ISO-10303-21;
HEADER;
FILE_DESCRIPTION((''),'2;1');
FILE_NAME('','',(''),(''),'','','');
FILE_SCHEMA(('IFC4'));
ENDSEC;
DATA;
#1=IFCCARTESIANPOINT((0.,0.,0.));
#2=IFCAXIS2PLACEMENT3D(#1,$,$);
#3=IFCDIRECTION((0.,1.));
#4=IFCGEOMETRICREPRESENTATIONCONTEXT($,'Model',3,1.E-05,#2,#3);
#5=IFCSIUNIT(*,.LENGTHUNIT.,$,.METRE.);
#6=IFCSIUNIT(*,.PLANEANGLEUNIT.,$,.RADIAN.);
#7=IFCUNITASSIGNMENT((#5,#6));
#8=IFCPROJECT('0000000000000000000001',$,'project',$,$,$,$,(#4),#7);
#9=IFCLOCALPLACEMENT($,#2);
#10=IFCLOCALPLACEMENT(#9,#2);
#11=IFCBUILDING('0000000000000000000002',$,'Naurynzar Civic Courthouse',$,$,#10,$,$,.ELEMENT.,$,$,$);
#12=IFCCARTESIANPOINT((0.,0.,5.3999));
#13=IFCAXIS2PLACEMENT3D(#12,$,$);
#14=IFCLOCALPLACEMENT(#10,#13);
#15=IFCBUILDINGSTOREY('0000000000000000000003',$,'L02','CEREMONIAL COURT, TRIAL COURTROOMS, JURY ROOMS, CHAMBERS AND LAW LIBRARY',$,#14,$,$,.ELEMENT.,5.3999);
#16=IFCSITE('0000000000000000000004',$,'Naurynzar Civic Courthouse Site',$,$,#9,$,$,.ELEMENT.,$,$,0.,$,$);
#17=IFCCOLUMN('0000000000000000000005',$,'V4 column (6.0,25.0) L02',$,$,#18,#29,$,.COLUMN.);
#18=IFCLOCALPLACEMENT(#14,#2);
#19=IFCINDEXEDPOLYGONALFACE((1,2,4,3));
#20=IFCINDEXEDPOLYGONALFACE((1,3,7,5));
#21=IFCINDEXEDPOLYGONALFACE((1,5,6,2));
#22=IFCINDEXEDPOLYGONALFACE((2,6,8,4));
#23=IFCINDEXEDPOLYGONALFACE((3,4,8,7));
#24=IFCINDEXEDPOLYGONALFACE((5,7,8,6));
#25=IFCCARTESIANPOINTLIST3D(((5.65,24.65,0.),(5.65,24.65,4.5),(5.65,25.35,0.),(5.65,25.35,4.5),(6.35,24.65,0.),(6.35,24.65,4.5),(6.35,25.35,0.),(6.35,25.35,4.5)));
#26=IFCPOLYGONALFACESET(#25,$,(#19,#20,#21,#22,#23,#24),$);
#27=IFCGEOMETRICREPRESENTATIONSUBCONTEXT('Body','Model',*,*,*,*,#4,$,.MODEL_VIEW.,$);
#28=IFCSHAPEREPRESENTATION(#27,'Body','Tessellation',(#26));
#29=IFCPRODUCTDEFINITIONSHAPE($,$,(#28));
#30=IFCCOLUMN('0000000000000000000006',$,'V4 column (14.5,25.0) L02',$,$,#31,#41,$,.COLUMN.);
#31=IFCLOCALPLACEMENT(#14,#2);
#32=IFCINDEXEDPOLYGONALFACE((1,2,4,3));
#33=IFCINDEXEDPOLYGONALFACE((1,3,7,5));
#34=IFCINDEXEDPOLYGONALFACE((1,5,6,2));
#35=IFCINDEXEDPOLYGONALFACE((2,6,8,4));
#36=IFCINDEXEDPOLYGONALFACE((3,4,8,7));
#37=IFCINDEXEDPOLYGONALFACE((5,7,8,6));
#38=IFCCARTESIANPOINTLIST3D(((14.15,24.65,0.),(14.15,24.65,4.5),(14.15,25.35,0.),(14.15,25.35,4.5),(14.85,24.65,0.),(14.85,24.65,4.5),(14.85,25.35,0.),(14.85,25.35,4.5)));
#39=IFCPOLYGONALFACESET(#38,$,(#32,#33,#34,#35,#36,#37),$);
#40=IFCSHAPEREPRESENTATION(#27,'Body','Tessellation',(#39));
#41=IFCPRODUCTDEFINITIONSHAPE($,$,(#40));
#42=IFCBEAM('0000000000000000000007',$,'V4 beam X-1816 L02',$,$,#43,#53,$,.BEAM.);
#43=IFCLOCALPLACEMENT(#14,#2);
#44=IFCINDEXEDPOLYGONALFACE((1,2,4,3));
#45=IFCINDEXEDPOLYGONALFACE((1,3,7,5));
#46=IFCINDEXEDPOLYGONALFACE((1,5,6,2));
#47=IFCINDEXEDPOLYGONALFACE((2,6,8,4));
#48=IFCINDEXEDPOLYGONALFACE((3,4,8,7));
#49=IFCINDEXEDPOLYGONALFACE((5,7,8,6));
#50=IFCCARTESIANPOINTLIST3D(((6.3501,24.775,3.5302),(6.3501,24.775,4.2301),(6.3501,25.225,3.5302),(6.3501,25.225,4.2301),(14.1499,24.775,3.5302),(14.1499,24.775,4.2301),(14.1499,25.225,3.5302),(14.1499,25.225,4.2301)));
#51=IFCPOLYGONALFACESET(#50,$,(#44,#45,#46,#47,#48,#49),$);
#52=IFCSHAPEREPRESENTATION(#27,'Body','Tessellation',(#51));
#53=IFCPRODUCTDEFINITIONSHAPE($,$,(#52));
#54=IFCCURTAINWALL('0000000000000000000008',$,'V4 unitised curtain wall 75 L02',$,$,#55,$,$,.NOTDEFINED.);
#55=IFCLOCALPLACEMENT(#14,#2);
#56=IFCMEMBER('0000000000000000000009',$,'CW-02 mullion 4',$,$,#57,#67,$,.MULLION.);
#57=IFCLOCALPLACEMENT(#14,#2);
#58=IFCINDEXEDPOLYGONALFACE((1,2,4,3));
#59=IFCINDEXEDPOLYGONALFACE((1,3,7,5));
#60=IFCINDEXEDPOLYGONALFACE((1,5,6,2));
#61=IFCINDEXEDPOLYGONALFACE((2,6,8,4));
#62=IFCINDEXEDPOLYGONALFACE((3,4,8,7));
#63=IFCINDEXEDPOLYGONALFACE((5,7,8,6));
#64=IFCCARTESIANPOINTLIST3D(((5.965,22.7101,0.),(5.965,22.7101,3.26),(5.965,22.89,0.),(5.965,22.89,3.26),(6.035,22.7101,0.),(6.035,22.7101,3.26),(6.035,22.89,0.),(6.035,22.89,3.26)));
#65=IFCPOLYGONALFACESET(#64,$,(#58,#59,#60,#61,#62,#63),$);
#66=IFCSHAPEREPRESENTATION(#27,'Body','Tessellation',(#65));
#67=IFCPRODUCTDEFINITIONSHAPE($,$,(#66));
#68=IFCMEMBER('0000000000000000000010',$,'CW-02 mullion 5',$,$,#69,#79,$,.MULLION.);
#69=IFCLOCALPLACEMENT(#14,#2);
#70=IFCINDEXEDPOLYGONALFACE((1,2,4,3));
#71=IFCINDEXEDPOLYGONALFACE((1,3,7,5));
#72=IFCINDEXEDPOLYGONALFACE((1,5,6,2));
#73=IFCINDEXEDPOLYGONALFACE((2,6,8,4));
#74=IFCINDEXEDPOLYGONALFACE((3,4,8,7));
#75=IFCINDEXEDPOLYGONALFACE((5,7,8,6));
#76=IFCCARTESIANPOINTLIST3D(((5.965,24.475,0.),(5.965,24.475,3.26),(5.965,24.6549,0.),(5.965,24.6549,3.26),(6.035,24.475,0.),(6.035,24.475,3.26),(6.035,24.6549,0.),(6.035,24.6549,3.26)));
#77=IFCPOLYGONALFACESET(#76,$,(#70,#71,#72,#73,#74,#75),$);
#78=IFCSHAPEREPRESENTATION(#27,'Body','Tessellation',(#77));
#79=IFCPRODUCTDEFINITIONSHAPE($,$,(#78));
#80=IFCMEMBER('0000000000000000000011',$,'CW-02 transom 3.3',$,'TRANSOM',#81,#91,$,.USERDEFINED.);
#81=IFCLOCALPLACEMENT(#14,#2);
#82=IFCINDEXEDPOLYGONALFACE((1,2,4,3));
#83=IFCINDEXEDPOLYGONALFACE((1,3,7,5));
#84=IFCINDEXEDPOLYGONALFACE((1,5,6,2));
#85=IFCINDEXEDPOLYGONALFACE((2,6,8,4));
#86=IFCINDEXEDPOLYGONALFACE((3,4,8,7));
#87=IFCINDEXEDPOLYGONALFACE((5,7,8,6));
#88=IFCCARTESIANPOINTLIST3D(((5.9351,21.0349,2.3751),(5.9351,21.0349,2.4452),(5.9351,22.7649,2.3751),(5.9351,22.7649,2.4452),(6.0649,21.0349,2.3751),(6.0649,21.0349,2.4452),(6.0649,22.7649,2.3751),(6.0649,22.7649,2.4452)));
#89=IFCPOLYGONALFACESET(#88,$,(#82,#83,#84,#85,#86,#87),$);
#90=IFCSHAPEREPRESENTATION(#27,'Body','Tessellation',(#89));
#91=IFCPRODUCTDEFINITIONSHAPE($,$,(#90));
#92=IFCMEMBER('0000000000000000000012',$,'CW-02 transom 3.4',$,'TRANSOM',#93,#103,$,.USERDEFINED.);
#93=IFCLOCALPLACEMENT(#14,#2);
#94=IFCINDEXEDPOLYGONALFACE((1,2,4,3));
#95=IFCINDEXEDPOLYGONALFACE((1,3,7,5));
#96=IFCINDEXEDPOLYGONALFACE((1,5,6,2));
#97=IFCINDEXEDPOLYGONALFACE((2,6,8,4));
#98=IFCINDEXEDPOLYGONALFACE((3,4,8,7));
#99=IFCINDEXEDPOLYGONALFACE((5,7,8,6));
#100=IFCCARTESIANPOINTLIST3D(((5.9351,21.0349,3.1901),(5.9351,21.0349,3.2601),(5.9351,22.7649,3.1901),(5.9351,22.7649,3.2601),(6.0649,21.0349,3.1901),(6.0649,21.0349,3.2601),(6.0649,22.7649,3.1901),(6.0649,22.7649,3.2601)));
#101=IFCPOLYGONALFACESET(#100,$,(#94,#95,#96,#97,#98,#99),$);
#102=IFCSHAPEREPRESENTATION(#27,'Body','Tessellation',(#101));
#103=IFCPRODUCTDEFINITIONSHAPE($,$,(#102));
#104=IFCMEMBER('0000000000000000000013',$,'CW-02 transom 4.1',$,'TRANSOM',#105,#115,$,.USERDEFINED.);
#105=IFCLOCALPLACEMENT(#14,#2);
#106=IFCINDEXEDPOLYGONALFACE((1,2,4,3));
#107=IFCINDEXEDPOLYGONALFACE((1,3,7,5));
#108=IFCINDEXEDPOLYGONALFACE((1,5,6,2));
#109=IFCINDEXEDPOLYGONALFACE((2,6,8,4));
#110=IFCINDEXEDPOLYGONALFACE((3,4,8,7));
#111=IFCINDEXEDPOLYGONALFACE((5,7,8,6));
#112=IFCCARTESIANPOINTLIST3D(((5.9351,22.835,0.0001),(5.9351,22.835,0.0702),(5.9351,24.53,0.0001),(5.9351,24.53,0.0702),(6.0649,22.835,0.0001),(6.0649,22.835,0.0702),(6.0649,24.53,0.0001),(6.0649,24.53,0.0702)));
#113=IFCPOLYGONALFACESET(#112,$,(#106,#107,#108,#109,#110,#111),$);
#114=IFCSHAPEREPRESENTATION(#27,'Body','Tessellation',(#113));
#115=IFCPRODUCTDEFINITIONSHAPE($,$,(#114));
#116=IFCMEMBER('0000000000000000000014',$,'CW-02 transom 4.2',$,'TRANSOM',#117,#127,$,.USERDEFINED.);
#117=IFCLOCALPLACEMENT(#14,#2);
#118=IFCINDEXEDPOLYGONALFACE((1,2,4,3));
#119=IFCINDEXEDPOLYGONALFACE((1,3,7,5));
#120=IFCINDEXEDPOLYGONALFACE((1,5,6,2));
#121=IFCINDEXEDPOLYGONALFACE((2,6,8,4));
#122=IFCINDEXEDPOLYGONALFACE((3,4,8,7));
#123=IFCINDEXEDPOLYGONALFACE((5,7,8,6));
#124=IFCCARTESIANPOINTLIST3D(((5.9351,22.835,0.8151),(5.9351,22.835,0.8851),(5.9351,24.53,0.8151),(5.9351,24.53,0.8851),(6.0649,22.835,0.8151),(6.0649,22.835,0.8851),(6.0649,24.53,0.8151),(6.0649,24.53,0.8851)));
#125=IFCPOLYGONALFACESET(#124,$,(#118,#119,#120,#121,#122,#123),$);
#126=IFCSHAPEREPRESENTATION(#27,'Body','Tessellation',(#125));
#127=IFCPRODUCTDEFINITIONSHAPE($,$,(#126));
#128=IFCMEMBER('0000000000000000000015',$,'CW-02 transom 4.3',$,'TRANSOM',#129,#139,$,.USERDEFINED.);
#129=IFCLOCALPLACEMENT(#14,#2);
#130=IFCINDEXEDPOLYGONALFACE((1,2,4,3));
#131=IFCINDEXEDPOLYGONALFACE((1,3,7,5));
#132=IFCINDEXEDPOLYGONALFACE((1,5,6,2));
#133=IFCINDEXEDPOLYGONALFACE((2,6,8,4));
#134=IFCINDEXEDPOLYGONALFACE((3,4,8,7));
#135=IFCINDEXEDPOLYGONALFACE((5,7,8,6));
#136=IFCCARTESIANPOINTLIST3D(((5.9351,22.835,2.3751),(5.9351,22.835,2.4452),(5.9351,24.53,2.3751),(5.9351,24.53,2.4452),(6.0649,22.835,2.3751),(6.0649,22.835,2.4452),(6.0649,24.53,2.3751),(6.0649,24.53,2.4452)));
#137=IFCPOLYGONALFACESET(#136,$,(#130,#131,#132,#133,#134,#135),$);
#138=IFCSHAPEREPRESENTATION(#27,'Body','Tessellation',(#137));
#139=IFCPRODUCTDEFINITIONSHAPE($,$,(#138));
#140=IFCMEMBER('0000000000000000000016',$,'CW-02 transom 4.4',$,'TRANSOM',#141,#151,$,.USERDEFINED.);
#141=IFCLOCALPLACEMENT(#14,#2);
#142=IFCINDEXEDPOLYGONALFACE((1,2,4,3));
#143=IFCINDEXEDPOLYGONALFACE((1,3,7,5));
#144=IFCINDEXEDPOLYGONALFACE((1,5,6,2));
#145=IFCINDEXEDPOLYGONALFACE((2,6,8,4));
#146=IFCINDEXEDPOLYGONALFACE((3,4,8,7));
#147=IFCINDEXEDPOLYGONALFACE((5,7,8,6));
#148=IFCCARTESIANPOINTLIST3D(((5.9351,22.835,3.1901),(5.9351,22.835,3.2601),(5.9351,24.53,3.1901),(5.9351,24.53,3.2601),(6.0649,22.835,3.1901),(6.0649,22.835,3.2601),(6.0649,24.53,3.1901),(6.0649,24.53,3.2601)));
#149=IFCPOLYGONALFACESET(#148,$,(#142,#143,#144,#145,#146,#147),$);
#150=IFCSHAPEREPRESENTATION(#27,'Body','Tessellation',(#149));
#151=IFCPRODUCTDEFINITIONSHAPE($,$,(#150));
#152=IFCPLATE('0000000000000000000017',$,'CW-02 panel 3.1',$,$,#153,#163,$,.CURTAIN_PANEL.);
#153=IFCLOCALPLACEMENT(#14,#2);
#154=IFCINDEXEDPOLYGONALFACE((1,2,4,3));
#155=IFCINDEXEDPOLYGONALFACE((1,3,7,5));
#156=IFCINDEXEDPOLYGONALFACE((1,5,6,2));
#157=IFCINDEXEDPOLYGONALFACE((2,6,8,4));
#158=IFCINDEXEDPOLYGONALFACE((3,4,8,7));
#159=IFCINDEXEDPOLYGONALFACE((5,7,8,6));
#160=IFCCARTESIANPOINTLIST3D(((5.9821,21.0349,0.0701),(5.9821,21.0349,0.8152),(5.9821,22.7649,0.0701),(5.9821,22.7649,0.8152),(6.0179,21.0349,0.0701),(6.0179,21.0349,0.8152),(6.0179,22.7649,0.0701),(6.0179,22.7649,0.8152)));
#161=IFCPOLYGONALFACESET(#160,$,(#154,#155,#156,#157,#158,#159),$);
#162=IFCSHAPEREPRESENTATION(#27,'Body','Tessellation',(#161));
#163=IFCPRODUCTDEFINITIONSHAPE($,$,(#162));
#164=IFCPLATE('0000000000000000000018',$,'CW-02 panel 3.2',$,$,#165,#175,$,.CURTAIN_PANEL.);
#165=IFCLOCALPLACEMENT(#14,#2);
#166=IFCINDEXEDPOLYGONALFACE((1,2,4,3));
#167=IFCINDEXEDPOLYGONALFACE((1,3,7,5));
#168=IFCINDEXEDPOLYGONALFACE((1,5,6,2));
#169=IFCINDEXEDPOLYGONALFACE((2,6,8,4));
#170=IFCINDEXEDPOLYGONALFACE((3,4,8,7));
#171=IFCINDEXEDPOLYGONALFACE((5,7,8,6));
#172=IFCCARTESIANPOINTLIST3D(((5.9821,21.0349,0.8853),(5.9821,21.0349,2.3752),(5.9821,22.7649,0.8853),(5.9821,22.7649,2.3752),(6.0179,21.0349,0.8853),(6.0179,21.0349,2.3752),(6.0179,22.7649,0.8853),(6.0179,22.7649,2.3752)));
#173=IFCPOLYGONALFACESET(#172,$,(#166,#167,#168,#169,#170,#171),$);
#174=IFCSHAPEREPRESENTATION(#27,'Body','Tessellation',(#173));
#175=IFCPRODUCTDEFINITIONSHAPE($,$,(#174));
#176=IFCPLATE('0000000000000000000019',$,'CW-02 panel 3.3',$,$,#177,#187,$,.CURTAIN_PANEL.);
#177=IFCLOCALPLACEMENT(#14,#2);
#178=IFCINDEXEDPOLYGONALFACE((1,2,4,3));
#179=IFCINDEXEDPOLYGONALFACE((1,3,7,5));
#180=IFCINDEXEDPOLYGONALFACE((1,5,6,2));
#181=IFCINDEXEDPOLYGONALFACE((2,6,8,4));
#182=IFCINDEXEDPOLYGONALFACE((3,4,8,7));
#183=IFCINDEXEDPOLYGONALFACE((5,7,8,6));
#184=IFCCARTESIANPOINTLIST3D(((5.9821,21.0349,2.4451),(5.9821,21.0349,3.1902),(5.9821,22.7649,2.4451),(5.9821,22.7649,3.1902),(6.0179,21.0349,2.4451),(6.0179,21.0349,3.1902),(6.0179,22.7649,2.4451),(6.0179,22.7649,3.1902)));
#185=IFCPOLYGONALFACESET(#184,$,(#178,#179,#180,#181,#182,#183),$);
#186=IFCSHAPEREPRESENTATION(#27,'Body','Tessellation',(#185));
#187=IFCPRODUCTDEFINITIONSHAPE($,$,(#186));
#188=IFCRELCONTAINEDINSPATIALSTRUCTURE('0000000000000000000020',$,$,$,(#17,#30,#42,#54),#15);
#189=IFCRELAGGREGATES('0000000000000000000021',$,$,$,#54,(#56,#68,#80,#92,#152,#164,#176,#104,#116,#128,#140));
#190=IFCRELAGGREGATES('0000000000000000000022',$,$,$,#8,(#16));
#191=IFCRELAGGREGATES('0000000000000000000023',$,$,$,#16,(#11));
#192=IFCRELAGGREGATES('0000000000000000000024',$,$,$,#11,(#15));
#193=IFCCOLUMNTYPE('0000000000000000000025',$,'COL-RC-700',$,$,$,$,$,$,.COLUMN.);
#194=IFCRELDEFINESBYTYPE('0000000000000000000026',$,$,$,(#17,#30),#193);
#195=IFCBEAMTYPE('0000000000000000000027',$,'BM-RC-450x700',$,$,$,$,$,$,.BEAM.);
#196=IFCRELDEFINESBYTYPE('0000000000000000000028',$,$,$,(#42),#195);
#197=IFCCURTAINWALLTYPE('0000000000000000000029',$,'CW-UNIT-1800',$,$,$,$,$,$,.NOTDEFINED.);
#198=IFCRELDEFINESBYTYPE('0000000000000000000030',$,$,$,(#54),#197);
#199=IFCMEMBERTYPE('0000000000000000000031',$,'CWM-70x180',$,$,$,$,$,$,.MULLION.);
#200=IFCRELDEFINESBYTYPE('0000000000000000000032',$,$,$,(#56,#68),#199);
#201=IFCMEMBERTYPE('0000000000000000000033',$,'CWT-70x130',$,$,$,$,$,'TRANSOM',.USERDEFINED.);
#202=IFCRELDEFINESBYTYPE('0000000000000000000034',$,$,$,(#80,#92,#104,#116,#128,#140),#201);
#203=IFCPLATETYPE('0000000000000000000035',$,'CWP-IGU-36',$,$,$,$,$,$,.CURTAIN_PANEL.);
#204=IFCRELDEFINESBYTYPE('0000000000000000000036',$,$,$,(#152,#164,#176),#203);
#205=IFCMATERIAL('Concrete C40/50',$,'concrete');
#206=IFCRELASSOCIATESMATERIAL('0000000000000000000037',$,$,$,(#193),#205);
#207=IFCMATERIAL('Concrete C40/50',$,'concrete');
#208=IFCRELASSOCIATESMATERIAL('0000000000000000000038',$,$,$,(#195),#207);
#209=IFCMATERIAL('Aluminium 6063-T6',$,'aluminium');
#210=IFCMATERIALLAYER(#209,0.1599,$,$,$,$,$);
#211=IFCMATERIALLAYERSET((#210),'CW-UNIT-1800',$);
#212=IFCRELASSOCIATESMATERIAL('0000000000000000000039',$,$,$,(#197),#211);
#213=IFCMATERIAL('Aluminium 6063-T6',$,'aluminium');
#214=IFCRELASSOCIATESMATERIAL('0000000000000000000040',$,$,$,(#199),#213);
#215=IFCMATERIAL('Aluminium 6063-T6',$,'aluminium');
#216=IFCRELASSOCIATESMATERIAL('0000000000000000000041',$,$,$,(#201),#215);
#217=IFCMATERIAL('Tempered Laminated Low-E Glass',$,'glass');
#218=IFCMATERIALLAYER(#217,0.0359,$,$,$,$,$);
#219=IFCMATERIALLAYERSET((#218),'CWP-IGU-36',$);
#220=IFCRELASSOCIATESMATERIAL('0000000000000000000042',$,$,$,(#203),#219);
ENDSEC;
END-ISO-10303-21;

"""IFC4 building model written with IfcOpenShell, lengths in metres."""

from ifc_helpers import new_model, si_unit, direction, frame, origin, origin_2d, place, context, subcontext, project, spatial, rectangle, extrude, material, layer, layer_set, material_profile, profile_set, type_object, element, aggregate, save


model = new_model("IFC4")

# Units and contexts
model_context = context("Model", 3, precision=1e-05, world=origin(), true_north=direction((0.0, 1.0)))
body_context = subcontext(model_context, "Body", "Model", "MODEL_VIEW")
ifc_project = project(units=[si_unit("LENGTHUNIT", "METRE"), si_unit("PLANEANGLEUNIT", "RADIAN")], contexts=[model_context])

# Site, building, storey
site_placement = place(None, origin())
site = spatial("IfcSite", under=ifc_project, at=site_placement, Name="Naurynzar Civic Courthouse Site", CompositionType="ELEMENT", RefElevation=0.0)
building_placement = place(site_placement, origin())
building = spatial("IfcBuilding", under=site, at=building_placement, Name="Naurynzar Civic Courthouse", CompositionType="ELEMENT")
storey_placement = place(building_placement, frame((0.0, 0.0, 5.3999)))
storey = spatial("IfcBuildingStorey", under=building, at=storey_placement, Name="L02", Description="CEREMONIAL COURT, TRIAL COURTROOMS, JURY ROOMS, CHAMBERS AND LAW LIBRARY", CompositionType="ELEMENT", Elevation=5.3999)

# Columns
ifc_material_1 = material(Name="Concrete C40/50", Category="concrete")
ifc_material_profile_1 = material_profile(ifc_material_1, rectangle(XDim=0.7, YDim=0.7, at=origin_2d()), Name="RC 700x700")
ifc_profile_set_1 = profile_set([ifc_material_profile_1], Name="Concrete C40/50")
column_type = type_object("IfcColumnType", Name="COL-RC-700", PredefinedType="COLUMN", material=ifc_profile_set_1)
for number, where, z_axis, x_axis, name in (
    (1, (6.0, 25.0, 0.0), (0.0, 0.0, 1.0), (1.0, 0.0, 0.0), "V4 column (6.0,25.0) L02"),
    (2, (14.5, 25.0, 0.0), (0.0, 0.0, 1.0), (1.0, 0.0, 0.0), "V4 column (14.5,25.0) L02"),
):
    element("IfcColumn", number, at=place(storey_placement, frame(where, z_axis=z_axis, x_axis=x_axis)), inside=storey, type_object=column_type, Name=name, PredefinedType="COLUMN", context=body_context, shape_type="SweptSolid", body=[
        extrude(rectangle(XDim=0.7, YDim=0.7, at=origin_2d()), origin(), (0.0, 0.0, 1.0), 4.5),
    ])

# Beam
ifc_material_2 = material(Name="Concrete C40/50", Category="concrete")
ifc_material_profile_2 = material_profile(ifc_material_2, rectangle(XDim=0.45, YDim=0.7, at=origin_2d()), Name="RCB 450x700")
ifc_profile_set_2 = profile_set([ifc_material_profile_2], Name="Concrete C40/50")
beam_type = type_object("IfcBeamType", Name="BM-RC-450x700", PredefinedType="BEAM", material=ifc_profile_set_2)
beam_placement = place(storey_placement, frame((6.3501, 25.0, 3.8801), z_axis=(1.0, 0.0, 0.0), x_axis=(0.0, 1.0, 0.0)))
element("IfcBeam", 3, at=beam_placement, inside=storey, type_object=beam_type, Name="V4 beam X-1816 L02", PredefinedType="BEAM", context=body_context, shape_type="SweptSolid", body=[
    extrude(rectangle(XDim=0.45, YDim=0.7, at=origin_2d()), origin(), (0.0, 0.0, 1.0), 7.7998),
])

# Curtain wall, members, plates
ifc_material_3 = material(Name="Aluminium 6063-T6", Category="aluminium")
ifc_layer_1 = layer(ifc_material_3, 0.1599)
ifc_layer_set_1 = layer_set([ifc_layer_1], Name="CW-UNIT-1800")
curtain_wall_type = type_object("IfcCurtainWallType", Name="CW-UNIT-1800", PredefinedType="NOTDEFINED", material=ifc_layer_set_1)
curtain_wall_placement = place(storey_placement, origin())
curtain_wall = element("IfcCurtainWall", 4, at=curtain_wall_placement, inside=storey, type_object=curtain_wall_type, Name="V4 unitised curtain wall 75 L02", PredefinedType="NOTDEFINED")
ifc_material_4 = material(Name="Aluminium 6063-T6", Category="aluminium")
ifc_material_profile_3 = material_profile(ifc_material_4, rectangle(XDim=0.0701, YDim=0.1799, at=origin_2d()), Name="ALU MULLION 70x180")
ifc_profile_set_3 = profile_set([ifc_material_profile_3], Name="Aluminium 6063-T6")
member_type_1 = type_object("IfcMemberType", Name="CWM-70x180", PredefinedType="MULLION", material=ifc_profile_set_3)
member_1_placement = place(storey_placement, frame((6.0, 22.8, 0.0), z_axis=(0.0, 0.0, 1.0), x_axis=(-1.0, 0.0, 0.0)))
member_1 = element("IfcMember", 5, at=member_1_placement, type_object=member_type_1, Name="CW-02 mullion 4", PredefinedType="MULLION", context=body_context, shape_type="SweptSolid", body=[
    extrude(rectangle(XDim=0.0701, YDim=0.1799, at=origin_2d()), origin(), (0.0, 0.0, 1.0), 3.26),
])
member_2_placement = place(storey_placement, frame((6.0, 24.5649, 0.0), z_axis=(0.0, 0.0, 1.0), x_axis=(-1.0, 0.0, 0.0)))
member_2 = element("IfcMember", 6, at=member_2_placement, type_object=member_type_1, Name="CW-02 mullion 5", PredefinedType="MULLION", context=body_context, shape_type="SweptSolid", body=[
    extrude(rectangle(XDim=0.0701, YDim=0.1799, at=origin_2d()), origin(), (0.0, 0.0, 1.0), 3.26),
])
ifc_material_5 = material(Name="Aluminium 6063-T6", Category="aluminium")
ifc_material_profile_4 = material_profile(ifc_material_5, rectangle(XDim=0.1299, YDim=0.0701, at=origin_2d()), Name="ALU TRANSOM 70x130")
ifc_profile_set_4 = profile_set([ifc_material_profile_4], Name="Aluminium 6063-T6")
member_type_2 = type_object("IfcMemberType", Name="CWT-70x130", ElementType="TRANSOM", PredefinedType="USERDEFINED", material=ifc_profile_set_4)
member_3_placement = place(storey_placement, frame((6.0, 21.0349, 2.4102), z_axis=(0.0, 1.0, 0.0), x_axis=(-1.0, 0.0, 0.0)))
member_3 = element("IfcMember", 7, at=member_3_placement, type_object=member_type_2, Name="CW-02 transom 3.3", ObjectType="TRANSOM", PredefinedType="USERDEFINED", context=body_context, shape_type="SweptSolid", body=[
    extrude(rectangle(XDim=0.1299, YDim=0.0701, at=origin_2d()), origin(), (0.0, 0.0, 1.0), 1.73),
])
member_4_placement = place(storey_placement, frame((6.0, 21.0349, 3.2251), z_axis=(0.0, 1.0, 0.0), x_axis=(-1.0, 0.0, 0.0)))
member_4 = element("IfcMember", 8, at=member_4_placement, type_object=member_type_2, Name="CW-02 transom 3.4", ObjectType="TRANSOM", PredefinedType="USERDEFINED", context=body_context, shape_type="SweptSolid", body=[
    extrude(rectangle(XDim=0.1299, YDim=0.0701, at=origin_2d()), origin(), (0.0, 0.0, 1.0), 1.73),
])
member_5_placement = place(storey_placement, frame((6.0, 22.835, 0.0352), z_axis=(0.0, 1.0, 0.0), x_axis=(-1.0, 0.0, 0.0)))
member_5 = element("IfcMember", 9, at=member_5_placement, type_object=member_type_2, Name="CW-02 transom 4.1", ObjectType="TRANSOM", PredefinedType="USERDEFINED", context=body_context, shape_type="SweptSolid", body=[
    extrude(rectangle(XDim=0.1299, YDim=0.0701, at=origin_2d()), origin(), (0.0, 0.0, 1.0), 1.6951),
])
member_6_placement = place(storey_placement, frame((6.0, 22.835, 0.8501), z_axis=(0.0, 1.0, 0.0), x_axis=(-1.0, 0.0, 0.0)))
member_6 = element("IfcMember", 10, at=member_6_placement, type_object=member_type_2, Name="CW-02 transom 4.2", ObjectType="TRANSOM", PredefinedType="USERDEFINED", context=body_context, shape_type="SweptSolid", body=[
    extrude(rectangle(XDim=0.1299, YDim=0.0701, at=origin_2d()), origin(), (0.0, 0.0, 1.0), 1.6951),
])
member_7_placement = place(storey_placement, frame((6.0, 22.835, 2.4102), z_axis=(0.0, 1.0, 0.0), x_axis=(-1.0, 0.0, 0.0)))
member_7 = element("IfcMember", 11, at=member_7_placement, type_object=member_type_2, Name="CW-02 transom 4.3", ObjectType="TRANSOM", PredefinedType="USERDEFINED", context=body_context, shape_type="SweptSolid", body=[
    extrude(rectangle(XDim=0.1299, YDim=0.0701, at=origin_2d()), origin(), (0.0, 0.0, 1.0), 1.6951),
])
member_8_placement = place(storey_placement, frame((6.0, 22.835, 3.2251), z_axis=(0.0, 1.0, 0.0), x_axis=(-1.0, 0.0, 0.0)))
member_8 = element("IfcMember", 12, at=member_8_placement, type_object=member_type_2, Name="CW-02 transom 4.4", ObjectType="TRANSOM", PredefinedType="USERDEFINED", context=body_context, shape_type="SweptSolid", body=[
    extrude(rectangle(XDim=0.1299, YDim=0.0701, at=origin_2d()), origin(), (0.0, 0.0, 1.0), 1.6951),
])
ifc_material_6 = material(Name="Tempered Laminated Low-E Glass", Category="glass")
ifc_layer_2 = layer(ifc_material_6, 0.0359)
ifc_layer_set_2 = layer_set([ifc_layer_2], Name="CWP-IGU-36")
plate_type = type_object("IfcPlateType", Name="CWP-IGU-36", PredefinedType="CURTAIN_PANEL", material=ifc_layer_set_2)
plate_1_placement = place(storey_placement, frame((6.0, 21.8999, 0.0701), z_axis=(0.0, 0.0, 1.0), x_axis=(0.0, 1.0, 0.0)))
plate_1 = element("IfcPlate", 13, at=plate_1_placement, type_object=plate_type, Name="CW-02 panel 3.1", PredefinedType="CURTAIN_PANEL", context=body_context, shape_type="SweptSolid", body=[
    extrude(rectangle(XDim=1.73, YDim=0.0359, at=origin_2d()), origin(), (0.0, 0.0, 1.0), 0.7451),
])
plate_2_placement = place(storey_placement, frame((6.0, 21.8999, 0.8853), z_axis=(0.0, 0.0, 1.0), x_axis=(0.0, 1.0, 0.0)))
plate_2 = element("IfcPlate", 14, at=plate_2_placement, type_object=plate_type, Name="CW-02 panel 3.2", PredefinedType="CURTAIN_PANEL", context=body_context, shape_type="SweptSolid", body=[
    extrude(rectangle(XDim=1.73, YDim=0.0359, at=origin_2d()), origin(), (0.0, 0.0, 1.0), 1.49),
])
plate_3_placement = place(storey_placement, frame((6.0, 21.8999, 2.4451), z_axis=(0.0, 0.0, 1.0), x_axis=(0.0, 1.0, 0.0)))
plate_3 = element("IfcPlate", 15, at=plate_3_placement, type_object=plate_type, Name="CW-02 panel 3.3", PredefinedType="CURTAIN_PANEL", context=body_context, shape_type="SweptSolid", body=[
    extrude(rectangle(XDim=1.73, YDim=0.0359, at=origin_2d()), origin(), (0.0, 0.0, 1.0), 0.7451),
])
aggregate(curtain_wall, [member_1, member_2, member_3, member_4, plate_1, plate_2, plate_3, member_5, member_6, member_7, member_8])

save(model, "model.ifc")
